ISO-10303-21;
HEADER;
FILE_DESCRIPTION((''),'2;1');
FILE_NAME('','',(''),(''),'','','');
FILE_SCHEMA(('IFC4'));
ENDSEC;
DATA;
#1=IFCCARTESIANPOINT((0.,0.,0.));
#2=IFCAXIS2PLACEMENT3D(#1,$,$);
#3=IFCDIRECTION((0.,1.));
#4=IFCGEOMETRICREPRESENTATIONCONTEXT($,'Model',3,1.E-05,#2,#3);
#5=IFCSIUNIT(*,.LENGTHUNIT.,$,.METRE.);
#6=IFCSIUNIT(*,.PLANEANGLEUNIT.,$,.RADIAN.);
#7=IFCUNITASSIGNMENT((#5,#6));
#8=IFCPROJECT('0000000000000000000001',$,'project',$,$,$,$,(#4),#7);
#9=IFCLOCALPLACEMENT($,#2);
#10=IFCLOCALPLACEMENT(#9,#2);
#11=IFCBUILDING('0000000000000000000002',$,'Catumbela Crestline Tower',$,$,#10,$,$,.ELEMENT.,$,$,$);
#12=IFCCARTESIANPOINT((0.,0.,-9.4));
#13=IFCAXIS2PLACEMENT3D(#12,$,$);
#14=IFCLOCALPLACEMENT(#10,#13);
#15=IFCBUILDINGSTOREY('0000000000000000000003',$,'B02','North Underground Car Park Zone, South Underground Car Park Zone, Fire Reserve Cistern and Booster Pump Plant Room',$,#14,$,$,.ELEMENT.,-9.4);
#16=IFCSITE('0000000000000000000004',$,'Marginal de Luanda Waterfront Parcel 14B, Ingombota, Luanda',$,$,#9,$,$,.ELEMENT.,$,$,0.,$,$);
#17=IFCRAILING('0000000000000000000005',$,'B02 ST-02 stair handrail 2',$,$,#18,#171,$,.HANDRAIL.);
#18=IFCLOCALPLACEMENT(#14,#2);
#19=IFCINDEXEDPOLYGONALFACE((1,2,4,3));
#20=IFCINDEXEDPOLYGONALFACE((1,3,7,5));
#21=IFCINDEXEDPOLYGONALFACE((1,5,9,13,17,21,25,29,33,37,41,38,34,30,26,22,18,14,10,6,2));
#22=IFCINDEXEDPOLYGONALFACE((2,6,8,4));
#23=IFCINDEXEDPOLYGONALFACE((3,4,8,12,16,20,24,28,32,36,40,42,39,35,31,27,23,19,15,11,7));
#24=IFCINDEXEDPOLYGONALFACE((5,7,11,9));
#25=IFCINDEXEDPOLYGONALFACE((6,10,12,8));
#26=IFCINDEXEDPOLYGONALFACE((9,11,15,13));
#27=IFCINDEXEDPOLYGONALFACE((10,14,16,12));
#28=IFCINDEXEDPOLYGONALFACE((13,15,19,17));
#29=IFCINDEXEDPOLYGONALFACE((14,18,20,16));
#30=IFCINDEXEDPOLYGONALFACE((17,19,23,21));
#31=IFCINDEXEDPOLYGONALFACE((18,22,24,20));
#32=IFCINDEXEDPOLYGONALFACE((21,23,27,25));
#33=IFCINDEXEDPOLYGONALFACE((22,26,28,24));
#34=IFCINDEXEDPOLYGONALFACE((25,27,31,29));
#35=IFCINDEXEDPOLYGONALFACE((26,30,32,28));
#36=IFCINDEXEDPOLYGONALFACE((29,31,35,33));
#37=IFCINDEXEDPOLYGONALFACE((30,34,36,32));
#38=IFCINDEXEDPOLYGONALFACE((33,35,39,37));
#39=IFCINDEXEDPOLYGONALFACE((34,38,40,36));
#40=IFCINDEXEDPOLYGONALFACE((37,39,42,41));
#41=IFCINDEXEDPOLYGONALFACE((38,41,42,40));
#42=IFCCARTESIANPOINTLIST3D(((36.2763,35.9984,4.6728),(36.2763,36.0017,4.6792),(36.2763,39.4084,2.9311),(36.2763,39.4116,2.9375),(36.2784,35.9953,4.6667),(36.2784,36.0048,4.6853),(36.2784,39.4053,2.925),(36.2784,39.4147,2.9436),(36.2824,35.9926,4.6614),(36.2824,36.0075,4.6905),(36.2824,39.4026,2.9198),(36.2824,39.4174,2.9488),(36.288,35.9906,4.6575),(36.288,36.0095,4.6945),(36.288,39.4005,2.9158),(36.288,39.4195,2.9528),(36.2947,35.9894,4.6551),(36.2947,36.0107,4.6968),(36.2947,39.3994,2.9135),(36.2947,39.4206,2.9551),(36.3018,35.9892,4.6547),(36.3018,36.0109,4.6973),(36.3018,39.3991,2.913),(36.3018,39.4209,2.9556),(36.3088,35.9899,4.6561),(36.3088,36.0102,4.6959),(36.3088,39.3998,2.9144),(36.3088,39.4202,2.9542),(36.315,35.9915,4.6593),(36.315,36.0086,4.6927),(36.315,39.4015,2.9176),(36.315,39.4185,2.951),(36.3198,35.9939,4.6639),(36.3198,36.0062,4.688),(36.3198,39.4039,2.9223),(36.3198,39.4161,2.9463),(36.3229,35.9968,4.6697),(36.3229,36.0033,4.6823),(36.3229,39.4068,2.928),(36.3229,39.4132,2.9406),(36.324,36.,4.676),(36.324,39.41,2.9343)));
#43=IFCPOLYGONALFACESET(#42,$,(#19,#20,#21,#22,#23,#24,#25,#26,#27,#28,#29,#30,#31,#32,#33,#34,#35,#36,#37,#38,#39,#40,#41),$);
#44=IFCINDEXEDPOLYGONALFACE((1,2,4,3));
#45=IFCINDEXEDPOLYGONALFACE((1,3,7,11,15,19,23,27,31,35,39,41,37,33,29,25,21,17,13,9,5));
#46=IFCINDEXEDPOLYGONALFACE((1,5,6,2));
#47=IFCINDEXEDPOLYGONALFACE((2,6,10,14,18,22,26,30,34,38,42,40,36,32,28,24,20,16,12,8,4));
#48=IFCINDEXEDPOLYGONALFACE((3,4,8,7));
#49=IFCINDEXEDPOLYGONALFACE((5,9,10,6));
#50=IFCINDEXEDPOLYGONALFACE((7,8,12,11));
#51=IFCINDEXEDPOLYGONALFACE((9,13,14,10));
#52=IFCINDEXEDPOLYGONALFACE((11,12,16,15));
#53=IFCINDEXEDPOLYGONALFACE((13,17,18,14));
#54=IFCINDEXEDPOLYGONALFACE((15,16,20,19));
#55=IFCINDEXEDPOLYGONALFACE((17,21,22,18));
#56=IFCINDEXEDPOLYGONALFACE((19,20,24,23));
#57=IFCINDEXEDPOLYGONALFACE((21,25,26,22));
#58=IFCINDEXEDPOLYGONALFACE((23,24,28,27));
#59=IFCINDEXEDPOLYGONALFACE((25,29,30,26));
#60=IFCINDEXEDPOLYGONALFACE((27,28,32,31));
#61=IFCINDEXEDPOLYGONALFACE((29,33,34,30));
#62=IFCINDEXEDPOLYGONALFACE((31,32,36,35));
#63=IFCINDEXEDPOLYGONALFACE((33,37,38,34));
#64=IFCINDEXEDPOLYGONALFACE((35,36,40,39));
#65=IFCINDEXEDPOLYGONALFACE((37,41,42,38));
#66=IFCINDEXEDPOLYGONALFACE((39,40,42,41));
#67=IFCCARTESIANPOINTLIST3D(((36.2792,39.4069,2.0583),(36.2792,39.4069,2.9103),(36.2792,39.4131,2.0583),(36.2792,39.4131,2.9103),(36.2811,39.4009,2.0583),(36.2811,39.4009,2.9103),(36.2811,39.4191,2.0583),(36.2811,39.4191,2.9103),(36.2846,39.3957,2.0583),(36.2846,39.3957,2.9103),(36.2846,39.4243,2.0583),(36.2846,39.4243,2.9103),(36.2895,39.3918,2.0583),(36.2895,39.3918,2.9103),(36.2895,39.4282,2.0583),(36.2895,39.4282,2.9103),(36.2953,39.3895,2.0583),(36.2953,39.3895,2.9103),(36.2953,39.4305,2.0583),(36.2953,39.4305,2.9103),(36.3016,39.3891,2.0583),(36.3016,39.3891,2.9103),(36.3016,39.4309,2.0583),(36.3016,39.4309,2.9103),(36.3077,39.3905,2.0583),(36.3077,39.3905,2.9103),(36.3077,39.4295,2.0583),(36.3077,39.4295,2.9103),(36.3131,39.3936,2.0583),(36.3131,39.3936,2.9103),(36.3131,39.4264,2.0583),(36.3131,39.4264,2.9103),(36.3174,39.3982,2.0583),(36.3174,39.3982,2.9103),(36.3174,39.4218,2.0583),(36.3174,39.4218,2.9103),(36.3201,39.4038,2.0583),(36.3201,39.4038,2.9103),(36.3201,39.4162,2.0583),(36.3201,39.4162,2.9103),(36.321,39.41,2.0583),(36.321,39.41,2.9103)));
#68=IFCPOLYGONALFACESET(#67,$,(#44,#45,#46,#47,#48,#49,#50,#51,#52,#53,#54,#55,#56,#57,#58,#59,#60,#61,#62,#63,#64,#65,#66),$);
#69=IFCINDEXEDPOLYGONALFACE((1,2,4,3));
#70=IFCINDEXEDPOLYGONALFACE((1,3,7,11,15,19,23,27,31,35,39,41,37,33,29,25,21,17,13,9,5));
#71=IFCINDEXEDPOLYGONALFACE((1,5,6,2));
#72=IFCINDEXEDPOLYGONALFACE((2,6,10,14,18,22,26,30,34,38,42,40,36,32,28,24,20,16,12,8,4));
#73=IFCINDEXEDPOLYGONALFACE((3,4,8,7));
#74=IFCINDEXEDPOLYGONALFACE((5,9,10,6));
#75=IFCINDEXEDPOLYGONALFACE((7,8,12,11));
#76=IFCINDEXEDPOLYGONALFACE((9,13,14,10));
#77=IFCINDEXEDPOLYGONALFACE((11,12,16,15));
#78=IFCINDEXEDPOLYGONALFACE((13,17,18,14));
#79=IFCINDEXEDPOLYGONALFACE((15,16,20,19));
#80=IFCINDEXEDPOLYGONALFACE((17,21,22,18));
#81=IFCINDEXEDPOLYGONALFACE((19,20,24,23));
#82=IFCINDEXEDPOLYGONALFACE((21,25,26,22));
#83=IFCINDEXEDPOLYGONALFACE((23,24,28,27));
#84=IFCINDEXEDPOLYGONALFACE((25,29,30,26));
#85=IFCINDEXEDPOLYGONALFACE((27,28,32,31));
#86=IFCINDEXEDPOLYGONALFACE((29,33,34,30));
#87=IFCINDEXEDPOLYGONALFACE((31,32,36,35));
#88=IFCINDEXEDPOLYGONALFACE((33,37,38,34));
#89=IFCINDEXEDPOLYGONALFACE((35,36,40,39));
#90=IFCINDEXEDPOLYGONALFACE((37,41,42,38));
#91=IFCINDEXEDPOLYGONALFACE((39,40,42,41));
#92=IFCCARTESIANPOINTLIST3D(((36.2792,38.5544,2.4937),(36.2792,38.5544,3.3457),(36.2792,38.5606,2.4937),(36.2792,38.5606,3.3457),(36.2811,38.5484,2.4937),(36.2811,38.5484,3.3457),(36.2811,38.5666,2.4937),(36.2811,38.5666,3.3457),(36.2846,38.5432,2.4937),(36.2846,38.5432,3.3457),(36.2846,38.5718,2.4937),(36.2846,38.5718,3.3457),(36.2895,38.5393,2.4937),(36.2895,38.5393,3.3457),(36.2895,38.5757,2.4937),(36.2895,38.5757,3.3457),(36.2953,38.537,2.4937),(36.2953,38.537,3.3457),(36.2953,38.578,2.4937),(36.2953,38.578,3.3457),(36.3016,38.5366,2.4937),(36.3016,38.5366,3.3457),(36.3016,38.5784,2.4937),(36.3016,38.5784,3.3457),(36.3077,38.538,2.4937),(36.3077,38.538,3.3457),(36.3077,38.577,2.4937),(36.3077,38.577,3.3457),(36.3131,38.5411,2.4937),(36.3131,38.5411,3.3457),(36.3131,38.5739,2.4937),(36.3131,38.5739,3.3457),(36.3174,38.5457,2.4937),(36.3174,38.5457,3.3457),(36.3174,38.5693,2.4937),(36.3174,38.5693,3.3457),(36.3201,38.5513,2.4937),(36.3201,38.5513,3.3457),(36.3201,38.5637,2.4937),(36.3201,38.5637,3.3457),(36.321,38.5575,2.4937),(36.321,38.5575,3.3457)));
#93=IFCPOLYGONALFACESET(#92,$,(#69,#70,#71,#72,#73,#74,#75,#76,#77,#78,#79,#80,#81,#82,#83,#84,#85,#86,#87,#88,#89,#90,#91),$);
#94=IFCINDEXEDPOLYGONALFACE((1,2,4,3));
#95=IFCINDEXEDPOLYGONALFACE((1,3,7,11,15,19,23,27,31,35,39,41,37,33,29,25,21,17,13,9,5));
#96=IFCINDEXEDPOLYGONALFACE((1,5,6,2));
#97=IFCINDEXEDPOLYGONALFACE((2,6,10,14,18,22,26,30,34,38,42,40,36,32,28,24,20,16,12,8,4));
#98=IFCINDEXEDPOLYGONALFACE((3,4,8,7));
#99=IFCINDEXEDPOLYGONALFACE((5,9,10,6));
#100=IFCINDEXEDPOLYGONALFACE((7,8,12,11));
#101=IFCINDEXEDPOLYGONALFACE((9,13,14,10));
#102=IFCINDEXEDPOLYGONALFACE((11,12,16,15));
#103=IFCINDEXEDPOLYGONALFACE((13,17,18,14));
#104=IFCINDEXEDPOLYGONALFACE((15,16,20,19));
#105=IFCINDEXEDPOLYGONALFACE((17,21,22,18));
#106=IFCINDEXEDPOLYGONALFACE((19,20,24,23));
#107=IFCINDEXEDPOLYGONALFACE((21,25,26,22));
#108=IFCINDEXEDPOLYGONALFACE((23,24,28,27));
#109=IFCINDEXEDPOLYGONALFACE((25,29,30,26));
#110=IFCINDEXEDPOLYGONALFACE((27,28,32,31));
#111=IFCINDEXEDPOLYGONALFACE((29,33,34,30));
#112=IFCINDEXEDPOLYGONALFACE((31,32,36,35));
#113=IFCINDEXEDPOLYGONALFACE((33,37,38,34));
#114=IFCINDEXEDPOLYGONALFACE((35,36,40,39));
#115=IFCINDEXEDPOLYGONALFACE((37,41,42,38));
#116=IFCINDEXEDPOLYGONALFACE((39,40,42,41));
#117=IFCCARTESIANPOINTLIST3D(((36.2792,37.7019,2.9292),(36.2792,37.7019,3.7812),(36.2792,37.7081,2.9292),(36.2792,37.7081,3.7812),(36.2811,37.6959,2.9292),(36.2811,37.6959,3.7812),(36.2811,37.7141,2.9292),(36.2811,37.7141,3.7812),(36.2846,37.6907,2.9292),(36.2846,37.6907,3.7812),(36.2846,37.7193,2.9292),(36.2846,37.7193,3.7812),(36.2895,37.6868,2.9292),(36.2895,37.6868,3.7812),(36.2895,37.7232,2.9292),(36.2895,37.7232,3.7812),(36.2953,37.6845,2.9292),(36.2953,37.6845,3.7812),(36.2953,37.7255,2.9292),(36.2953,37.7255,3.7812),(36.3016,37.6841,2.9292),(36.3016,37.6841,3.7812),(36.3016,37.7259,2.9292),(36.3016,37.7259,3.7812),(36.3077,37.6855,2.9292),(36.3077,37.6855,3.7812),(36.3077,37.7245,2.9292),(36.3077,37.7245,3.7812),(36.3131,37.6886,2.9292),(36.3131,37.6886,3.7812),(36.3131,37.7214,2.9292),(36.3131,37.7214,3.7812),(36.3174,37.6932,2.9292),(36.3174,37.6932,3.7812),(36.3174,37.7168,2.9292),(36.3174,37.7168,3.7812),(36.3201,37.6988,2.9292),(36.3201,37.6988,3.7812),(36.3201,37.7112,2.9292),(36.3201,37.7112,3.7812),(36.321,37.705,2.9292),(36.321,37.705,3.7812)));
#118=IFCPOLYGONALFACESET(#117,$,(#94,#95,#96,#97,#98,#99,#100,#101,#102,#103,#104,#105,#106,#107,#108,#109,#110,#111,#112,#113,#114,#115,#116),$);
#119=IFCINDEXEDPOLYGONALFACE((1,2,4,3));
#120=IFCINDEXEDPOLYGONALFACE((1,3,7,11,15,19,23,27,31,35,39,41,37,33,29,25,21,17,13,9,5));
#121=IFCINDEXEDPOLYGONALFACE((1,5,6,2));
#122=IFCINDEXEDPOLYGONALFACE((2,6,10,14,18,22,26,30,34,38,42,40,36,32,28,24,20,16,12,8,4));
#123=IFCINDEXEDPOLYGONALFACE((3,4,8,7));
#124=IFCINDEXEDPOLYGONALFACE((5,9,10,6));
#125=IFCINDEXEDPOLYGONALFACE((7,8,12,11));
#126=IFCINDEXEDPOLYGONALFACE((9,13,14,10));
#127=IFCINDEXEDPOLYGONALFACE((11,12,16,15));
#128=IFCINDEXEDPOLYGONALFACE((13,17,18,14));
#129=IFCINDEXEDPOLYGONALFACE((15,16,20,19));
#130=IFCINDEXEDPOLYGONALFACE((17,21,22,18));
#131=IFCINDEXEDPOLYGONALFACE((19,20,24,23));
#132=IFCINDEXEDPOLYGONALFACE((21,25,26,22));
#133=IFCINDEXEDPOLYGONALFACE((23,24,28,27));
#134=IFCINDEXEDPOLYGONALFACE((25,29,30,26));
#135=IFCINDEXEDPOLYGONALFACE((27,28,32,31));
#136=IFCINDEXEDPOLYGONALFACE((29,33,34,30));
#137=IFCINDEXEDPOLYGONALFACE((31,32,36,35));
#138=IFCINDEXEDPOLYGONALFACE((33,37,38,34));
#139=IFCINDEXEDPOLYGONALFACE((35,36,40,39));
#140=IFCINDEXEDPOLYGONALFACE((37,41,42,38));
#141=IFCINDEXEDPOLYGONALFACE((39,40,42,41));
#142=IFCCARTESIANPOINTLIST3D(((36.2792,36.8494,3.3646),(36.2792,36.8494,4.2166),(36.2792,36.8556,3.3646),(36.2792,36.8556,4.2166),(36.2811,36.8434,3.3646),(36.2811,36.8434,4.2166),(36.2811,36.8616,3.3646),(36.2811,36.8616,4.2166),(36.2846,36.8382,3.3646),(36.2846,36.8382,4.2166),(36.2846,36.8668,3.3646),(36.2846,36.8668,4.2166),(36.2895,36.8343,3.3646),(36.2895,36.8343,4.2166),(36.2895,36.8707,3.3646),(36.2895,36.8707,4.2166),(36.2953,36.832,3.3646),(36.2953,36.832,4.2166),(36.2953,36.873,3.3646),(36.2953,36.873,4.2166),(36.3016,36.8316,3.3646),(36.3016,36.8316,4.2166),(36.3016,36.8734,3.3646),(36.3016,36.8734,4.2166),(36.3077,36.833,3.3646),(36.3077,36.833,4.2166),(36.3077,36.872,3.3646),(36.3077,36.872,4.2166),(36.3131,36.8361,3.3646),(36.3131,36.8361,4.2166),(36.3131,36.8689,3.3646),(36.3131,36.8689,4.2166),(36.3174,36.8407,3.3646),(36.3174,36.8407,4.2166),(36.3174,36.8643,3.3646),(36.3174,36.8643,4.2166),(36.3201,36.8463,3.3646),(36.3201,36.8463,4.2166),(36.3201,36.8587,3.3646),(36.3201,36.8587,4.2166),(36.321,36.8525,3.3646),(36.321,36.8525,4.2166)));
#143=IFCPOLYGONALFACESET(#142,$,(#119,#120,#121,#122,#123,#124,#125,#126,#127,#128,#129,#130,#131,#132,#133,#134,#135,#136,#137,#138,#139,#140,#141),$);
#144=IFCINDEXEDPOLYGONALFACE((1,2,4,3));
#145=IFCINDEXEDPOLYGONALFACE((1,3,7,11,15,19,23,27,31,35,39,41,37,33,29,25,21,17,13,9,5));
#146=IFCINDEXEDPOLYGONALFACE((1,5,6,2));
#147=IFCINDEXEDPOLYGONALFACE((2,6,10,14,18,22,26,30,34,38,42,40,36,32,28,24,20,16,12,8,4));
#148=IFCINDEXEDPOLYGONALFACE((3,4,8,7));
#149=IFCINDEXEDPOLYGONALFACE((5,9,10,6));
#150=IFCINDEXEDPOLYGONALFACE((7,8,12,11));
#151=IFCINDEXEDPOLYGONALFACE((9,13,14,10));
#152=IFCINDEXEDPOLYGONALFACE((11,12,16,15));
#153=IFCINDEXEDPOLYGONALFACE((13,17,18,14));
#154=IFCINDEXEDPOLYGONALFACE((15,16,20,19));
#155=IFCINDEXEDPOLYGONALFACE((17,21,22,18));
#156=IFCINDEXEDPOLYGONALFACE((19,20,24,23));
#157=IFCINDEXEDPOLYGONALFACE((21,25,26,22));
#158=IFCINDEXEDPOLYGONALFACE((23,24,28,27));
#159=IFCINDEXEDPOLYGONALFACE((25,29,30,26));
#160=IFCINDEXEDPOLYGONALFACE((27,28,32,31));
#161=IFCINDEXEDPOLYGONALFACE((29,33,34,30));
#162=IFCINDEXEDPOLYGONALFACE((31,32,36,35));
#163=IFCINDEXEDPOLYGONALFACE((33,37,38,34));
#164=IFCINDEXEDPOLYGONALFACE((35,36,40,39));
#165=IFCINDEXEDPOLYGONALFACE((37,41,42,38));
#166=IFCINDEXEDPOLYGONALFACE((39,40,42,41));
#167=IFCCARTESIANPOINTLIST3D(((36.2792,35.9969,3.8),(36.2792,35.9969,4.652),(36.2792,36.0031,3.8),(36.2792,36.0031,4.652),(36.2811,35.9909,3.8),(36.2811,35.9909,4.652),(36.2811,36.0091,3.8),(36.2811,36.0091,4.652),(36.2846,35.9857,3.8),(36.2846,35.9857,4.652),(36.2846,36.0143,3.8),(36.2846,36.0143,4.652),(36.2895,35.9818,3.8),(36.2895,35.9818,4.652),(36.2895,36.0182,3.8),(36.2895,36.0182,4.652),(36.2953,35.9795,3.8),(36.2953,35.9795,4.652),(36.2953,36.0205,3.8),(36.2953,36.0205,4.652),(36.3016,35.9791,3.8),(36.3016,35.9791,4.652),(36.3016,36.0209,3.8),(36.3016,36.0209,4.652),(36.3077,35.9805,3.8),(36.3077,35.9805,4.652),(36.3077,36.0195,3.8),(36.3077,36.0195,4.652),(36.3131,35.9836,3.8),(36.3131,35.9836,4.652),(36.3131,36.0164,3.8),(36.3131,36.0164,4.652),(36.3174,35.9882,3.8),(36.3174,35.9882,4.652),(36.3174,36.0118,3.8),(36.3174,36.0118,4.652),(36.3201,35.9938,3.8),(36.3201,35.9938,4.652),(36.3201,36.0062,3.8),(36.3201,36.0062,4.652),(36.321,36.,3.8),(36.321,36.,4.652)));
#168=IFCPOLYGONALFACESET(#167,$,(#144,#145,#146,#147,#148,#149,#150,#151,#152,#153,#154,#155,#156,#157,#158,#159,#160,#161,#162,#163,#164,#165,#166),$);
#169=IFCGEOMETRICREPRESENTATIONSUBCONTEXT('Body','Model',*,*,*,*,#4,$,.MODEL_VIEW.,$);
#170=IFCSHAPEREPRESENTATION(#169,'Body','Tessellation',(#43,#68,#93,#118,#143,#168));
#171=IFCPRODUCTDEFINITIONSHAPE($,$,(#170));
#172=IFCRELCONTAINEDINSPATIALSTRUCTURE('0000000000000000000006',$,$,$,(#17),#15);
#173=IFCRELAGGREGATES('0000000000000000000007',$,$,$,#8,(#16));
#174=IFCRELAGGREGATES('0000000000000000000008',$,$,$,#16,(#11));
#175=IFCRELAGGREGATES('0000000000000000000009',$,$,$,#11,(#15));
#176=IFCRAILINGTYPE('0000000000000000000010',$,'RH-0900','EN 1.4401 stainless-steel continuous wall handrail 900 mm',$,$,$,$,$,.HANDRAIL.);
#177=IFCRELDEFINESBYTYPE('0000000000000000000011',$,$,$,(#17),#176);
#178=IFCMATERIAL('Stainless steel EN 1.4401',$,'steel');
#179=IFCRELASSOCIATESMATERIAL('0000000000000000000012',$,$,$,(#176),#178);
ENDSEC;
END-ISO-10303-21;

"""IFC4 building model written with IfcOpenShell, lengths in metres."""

from ifc_helpers import new_model, si_unit, direction, frame, origin, origin_2d, place, context, subcontext, project, spatial, circle, extrude, material, type_object, element, save


model = new_model("IFC4")

# Units and contexts
model_context = context("Model", 3, precision=1e-05, world=origin(), true_north=direction((0.0, 1.0)))
body_context = subcontext(model_context, "Body", "Model", "MODEL_VIEW")
ifc_project = project(units=[si_unit("LENGTHUNIT", "METRE"), si_unit("PLANEANGLEUNIT", "RADIAN")], contexts=[model_context])

# Site, building, storey
site_placement = place(None, origin())
site = spatial("IfcSite", under=ifc_project, at=site_placement, Name="Marginal de Luanda Waterfront Parcel 14B, Ingombota, Luanda", CompositionType="ELEMENT", RefElevation=0.0)
building_placement = place(site_placement, origin())
building = spatial("IfcBuilding", under=site, at=building_placement, Name="Catumbela Crestline Tower", CompositionType="ELEMENT")
storey_placement = place(building_placement, frame((0.0, 0.0, -9.4)))
storey = spatial("IfcBuildingStorey", under=building, at=storey_placement, Name="B02", Description="North Underground Car Park Zone, South Underground Car Park Zone, Fire Reserve Cistern and Booster Pump Plant Room", CompositionType="ELEMENT", Elevation=-9.4)

# Shared definitions
ifc_material_1 = material(Name="Stainless steel EN 1.4401", Category="steel")

# Railing
railing_type_1 = type_object("IfcRailingType", Name="RH-0900", Description="EN 1.4401 stainless-steel continuous wall handrail 900 mm", PredefinedType="HANDRAIL", material=ifc_material_1)
railing_1_placement = place(storey_placement, frame((36.3, 39.41, 2.0583)))
element("IfcRailing", 1, at=railing_1_placement, inside=storey, type_object=railing_type_1, Name="B02 ST-02 stair handrail 2", PredefinedType="HANDRAIL", context=body_context, shape_type="SweptSolid", body=[
    extrude(circle(Radius=0.024, at=origin_2d()), frame((0.0, 0.0, 0.876), z_axis=(0.0, -0.89056, 0.454865), x_axis=(1.0, 0.0, 0.0)), (0.0, 0.0, 1.0), 3.829),
    extrude(circle(Radius=0.021, at=origin_2d()), origin(), (0.0, 0.0, 1.0), 0.852),
    extrude(circle(Radius=0.021, at=origin_2d()), frame((0.0, -0.8525, 0.4354)), (0.0, 0.0, 1.0), 0.852),
    extrude(circle(Radius=0.021, at=origin_2d()), frame((0.0, -1.705, 0.8709)), (0.0, 0.0, 1.0), 0.852),
    extrude(circle(Radius=0.021, at=origin_2d()), frame((0.0, -2.5575, 1.3063)), (0.0, 0.0, 1.0), 0.852),
    extrude(circle(Radius=0.021, at=origin_2d()), frame((0.0, -3.41, 1.7417)), (0.0, 0.0, 1.0), 0.852),
])

save(model, "model.ifc")
